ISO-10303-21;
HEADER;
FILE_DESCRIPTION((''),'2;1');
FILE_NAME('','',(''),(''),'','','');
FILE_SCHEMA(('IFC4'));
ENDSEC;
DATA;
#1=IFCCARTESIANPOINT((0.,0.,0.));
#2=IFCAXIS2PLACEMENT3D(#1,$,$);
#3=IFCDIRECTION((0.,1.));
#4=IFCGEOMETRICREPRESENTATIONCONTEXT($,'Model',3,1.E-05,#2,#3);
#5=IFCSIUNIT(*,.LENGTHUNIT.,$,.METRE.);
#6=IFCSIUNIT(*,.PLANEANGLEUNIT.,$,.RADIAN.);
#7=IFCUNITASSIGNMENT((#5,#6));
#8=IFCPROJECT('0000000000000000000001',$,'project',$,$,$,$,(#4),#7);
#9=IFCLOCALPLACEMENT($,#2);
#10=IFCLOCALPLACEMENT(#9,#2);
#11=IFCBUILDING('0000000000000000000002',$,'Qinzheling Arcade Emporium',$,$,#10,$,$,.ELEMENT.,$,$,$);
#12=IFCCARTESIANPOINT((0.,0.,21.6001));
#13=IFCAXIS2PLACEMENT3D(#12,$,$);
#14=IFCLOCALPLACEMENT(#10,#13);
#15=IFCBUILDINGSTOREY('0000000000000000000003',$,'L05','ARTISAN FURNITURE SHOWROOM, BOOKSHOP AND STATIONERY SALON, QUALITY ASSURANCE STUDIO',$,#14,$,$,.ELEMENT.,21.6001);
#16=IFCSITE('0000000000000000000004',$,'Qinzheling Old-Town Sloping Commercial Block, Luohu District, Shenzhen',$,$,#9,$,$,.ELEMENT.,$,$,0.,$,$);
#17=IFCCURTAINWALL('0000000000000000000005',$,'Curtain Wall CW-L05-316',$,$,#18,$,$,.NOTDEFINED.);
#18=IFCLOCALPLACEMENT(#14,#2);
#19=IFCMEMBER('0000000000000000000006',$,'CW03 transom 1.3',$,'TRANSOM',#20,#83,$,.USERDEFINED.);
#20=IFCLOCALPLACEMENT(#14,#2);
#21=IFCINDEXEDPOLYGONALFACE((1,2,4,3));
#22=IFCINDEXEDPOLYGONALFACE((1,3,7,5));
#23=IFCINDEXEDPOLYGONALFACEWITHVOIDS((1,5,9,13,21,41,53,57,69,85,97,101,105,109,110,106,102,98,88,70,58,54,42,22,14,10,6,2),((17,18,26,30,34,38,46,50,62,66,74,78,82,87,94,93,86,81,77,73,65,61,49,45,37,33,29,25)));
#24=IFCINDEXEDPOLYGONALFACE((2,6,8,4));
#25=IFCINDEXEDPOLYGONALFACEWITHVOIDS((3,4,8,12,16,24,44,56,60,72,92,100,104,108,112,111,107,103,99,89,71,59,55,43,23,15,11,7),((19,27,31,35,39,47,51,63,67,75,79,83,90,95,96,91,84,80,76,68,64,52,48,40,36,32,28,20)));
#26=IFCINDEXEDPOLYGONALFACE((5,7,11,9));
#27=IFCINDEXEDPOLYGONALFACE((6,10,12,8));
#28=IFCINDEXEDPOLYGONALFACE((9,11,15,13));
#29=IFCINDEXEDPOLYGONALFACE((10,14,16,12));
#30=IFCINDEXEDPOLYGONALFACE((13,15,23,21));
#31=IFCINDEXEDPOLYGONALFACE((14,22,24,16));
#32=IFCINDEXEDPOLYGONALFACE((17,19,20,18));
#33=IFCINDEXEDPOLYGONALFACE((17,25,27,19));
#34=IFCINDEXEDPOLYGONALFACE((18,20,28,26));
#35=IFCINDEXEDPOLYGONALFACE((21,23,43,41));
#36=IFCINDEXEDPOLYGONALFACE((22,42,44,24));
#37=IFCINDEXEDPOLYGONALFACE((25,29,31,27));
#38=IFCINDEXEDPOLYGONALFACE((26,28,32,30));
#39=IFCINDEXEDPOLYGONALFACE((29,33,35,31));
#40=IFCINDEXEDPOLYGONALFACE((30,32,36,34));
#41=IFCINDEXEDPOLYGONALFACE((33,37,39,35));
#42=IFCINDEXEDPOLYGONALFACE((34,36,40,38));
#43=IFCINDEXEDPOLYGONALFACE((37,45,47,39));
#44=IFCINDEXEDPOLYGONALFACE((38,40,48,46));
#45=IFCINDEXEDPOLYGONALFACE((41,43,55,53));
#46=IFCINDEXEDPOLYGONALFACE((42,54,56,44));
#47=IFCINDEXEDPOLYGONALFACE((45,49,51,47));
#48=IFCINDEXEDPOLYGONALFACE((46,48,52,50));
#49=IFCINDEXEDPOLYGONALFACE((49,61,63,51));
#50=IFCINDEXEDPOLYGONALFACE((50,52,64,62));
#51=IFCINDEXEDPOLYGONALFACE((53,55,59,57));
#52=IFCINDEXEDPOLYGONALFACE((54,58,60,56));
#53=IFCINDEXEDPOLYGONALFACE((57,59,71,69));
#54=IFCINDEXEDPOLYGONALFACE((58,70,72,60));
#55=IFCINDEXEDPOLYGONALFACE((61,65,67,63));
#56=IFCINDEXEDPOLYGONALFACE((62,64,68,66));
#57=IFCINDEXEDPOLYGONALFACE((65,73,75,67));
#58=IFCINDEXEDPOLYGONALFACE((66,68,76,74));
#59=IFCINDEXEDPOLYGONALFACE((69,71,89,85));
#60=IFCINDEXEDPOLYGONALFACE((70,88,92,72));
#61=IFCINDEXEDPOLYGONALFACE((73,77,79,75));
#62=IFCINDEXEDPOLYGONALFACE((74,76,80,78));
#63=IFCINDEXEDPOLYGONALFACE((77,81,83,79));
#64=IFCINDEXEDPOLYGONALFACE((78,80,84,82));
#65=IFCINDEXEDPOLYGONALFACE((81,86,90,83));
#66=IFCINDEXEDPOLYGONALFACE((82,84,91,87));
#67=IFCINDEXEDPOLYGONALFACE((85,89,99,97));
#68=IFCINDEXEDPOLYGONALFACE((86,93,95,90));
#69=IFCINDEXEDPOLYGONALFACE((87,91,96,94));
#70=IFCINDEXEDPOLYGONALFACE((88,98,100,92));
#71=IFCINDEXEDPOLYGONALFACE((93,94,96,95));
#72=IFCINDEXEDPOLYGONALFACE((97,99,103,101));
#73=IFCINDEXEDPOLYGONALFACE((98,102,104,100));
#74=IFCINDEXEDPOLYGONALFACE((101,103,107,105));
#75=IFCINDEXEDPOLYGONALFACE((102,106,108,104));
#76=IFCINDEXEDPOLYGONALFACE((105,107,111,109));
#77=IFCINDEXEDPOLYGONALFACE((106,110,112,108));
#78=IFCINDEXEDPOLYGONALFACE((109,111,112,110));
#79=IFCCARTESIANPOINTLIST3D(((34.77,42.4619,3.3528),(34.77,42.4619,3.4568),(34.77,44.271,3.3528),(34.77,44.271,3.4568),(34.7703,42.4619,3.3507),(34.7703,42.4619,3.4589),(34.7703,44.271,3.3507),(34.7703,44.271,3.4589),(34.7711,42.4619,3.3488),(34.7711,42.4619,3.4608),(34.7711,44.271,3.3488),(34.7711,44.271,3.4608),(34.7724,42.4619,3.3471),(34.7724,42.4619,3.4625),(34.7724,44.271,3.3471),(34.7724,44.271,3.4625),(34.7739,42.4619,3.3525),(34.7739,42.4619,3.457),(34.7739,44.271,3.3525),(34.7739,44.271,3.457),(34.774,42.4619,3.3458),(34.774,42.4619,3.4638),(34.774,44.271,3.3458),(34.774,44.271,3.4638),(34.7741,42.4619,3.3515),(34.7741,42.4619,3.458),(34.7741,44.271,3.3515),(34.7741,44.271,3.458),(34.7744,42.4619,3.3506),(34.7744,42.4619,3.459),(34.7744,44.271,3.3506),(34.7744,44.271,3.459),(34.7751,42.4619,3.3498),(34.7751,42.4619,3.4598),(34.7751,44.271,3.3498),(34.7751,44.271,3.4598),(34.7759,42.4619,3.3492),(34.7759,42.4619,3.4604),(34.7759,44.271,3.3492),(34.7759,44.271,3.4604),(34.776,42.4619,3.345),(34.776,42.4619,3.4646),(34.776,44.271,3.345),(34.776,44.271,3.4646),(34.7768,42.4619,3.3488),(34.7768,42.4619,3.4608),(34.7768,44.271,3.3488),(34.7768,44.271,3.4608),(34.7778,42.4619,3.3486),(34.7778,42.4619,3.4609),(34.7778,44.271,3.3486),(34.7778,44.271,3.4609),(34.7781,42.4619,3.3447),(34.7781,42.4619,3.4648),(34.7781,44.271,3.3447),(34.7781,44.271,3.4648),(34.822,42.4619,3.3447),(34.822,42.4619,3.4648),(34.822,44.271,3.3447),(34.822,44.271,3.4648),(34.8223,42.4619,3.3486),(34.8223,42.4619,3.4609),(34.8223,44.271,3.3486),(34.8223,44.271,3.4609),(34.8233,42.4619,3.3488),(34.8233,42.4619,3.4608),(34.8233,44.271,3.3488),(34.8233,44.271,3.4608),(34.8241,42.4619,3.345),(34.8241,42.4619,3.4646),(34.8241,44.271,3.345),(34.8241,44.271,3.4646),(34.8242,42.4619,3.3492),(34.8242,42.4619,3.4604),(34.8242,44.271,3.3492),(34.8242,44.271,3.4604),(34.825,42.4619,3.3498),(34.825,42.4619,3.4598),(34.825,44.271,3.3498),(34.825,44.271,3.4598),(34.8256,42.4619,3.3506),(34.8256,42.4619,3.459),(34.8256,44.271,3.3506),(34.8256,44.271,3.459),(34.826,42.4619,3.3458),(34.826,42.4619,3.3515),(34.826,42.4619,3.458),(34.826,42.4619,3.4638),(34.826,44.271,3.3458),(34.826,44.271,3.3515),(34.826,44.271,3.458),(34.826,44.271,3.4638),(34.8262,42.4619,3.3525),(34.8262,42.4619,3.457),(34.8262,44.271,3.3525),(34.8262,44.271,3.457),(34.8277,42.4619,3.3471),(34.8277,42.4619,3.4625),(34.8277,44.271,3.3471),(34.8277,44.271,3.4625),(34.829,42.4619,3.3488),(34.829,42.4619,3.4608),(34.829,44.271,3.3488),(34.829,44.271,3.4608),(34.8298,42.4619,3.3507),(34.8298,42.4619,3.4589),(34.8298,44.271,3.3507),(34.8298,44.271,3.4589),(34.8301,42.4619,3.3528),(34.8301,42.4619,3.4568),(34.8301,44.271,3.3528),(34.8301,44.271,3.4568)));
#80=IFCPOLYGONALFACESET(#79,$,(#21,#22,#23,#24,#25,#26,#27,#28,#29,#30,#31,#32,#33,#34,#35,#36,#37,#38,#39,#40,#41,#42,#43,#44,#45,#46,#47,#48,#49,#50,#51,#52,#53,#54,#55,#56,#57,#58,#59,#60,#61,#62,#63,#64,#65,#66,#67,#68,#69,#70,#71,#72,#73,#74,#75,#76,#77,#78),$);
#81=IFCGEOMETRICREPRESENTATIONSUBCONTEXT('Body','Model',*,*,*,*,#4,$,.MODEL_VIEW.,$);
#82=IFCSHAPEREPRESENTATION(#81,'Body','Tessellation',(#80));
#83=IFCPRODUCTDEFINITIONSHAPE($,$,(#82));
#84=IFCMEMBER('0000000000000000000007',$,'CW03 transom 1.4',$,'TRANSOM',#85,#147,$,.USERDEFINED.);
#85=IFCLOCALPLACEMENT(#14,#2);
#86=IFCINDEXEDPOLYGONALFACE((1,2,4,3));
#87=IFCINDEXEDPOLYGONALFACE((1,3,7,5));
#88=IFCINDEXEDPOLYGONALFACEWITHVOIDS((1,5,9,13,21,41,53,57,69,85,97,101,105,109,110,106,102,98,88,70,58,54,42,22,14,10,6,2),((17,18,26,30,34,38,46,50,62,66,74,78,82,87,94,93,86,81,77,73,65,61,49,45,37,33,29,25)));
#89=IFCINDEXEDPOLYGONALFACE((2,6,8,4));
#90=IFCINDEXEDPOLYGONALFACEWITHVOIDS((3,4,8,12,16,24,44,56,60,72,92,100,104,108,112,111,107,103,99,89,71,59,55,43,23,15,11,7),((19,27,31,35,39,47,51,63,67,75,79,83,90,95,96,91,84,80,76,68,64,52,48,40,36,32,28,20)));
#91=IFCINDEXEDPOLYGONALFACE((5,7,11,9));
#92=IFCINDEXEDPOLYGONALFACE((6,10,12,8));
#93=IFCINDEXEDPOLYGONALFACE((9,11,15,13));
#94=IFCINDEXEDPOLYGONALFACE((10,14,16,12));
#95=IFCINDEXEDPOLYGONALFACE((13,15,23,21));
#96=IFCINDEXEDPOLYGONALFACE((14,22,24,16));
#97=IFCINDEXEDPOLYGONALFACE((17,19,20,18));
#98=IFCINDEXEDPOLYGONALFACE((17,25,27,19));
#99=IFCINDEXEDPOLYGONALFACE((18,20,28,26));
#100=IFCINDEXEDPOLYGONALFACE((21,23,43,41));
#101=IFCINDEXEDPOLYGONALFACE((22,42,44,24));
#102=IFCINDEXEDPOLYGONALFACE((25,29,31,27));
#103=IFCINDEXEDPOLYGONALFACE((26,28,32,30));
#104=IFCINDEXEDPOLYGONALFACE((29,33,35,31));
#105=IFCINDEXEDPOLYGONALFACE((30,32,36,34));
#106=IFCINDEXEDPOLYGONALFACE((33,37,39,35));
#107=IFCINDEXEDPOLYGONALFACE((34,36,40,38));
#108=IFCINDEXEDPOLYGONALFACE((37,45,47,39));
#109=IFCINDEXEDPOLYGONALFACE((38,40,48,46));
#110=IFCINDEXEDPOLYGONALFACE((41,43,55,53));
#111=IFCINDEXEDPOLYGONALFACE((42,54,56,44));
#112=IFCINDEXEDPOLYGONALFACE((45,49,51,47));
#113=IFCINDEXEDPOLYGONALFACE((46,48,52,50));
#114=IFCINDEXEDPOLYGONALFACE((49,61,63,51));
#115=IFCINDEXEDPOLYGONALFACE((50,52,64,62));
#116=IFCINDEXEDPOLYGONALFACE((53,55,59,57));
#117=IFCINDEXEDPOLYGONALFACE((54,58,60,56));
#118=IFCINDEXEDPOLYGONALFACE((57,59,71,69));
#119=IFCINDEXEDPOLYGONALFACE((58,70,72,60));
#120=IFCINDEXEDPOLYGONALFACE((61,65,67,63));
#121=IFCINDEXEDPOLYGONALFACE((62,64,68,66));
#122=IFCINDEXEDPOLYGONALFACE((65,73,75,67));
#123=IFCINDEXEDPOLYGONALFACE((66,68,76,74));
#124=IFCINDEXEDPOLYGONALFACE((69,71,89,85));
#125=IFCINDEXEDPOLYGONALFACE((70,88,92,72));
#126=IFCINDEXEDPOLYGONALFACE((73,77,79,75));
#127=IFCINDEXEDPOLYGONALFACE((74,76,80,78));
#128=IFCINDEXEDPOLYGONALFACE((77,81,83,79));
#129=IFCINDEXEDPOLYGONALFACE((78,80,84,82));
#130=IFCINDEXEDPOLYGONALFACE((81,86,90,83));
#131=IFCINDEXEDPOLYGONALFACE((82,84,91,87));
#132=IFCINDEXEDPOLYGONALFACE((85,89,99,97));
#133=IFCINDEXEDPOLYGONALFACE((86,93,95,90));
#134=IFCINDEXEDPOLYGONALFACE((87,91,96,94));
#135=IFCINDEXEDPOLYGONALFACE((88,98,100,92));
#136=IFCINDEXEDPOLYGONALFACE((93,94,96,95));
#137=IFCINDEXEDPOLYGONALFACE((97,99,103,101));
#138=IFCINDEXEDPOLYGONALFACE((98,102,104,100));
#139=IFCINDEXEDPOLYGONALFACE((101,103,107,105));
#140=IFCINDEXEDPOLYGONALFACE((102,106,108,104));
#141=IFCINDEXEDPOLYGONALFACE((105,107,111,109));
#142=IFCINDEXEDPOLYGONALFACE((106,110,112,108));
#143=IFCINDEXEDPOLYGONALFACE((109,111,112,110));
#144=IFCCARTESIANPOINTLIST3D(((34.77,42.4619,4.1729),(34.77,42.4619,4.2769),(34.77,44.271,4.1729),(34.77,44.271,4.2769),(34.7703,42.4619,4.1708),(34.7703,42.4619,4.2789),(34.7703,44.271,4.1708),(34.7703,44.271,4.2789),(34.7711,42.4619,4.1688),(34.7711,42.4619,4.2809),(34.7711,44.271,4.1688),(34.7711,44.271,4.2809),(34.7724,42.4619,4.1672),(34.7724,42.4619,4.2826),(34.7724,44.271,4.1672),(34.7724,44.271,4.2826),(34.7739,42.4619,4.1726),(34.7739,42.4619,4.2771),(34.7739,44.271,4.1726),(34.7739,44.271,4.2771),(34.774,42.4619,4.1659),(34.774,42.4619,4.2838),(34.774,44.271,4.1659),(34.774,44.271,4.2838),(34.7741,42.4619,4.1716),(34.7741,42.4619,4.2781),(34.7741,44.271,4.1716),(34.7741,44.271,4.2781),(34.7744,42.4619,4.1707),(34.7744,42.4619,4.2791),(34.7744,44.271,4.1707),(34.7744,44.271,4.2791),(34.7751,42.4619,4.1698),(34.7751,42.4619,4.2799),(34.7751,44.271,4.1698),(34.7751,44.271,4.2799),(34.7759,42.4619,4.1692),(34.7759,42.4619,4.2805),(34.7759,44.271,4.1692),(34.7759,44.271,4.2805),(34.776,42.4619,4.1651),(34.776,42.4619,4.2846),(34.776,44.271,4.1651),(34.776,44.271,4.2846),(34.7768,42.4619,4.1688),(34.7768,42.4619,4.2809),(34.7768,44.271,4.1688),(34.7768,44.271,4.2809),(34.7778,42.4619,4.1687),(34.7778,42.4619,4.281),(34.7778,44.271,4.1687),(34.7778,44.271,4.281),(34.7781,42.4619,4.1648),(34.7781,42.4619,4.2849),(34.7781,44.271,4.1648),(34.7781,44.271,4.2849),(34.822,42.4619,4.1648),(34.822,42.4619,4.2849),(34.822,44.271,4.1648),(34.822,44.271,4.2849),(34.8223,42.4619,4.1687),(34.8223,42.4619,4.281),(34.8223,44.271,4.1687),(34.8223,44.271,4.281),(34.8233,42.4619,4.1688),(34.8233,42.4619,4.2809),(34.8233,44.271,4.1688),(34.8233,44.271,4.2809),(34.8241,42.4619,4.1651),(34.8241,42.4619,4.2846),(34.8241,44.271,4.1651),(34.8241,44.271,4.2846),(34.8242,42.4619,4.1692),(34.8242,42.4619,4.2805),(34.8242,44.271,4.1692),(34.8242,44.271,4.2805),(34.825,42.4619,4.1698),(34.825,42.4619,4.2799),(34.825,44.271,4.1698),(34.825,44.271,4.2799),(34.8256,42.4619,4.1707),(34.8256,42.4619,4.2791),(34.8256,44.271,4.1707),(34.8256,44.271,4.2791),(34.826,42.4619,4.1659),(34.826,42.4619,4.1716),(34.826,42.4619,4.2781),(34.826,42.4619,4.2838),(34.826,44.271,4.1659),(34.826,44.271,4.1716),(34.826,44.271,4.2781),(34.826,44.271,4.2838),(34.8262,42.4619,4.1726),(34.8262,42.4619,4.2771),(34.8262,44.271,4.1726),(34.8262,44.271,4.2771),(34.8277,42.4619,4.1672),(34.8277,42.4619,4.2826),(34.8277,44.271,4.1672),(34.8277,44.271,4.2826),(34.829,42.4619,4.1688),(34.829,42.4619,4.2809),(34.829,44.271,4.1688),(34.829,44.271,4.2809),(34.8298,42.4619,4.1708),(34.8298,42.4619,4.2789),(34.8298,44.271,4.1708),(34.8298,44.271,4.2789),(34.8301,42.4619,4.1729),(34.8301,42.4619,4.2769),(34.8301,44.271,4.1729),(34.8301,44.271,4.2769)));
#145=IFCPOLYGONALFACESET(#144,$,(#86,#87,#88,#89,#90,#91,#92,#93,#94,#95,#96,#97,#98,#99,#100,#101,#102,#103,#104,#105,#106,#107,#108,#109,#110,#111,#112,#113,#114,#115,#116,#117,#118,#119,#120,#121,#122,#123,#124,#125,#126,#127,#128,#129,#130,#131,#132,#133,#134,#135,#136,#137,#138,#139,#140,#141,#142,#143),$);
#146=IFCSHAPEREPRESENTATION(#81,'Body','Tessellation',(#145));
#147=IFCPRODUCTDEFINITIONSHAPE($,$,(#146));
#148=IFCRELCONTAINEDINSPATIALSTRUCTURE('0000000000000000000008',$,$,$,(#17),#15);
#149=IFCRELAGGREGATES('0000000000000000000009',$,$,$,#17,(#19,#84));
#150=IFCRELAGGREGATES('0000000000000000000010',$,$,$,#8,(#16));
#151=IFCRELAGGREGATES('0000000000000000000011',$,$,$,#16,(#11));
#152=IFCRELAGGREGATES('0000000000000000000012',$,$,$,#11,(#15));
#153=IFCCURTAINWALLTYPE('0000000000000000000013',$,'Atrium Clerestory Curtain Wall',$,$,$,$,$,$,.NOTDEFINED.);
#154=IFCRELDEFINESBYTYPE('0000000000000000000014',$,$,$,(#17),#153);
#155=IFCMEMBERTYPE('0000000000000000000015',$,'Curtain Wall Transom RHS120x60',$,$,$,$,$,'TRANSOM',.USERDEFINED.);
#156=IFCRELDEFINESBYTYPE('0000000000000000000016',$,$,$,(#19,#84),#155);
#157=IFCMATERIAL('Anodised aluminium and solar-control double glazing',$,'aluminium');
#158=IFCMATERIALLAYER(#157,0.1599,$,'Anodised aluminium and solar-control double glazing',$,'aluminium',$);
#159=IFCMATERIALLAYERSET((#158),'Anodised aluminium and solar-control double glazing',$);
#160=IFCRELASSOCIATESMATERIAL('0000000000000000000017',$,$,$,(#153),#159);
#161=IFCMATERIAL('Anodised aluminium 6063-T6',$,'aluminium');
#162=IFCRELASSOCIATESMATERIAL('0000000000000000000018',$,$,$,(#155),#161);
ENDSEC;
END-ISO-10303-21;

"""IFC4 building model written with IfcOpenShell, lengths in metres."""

from ifc_helpers import new_model, si_unit, direction, frame, origin, origin_2d, place, context, subcontext, project, spatial, hollow_rectangle, extrude, material, layer, layer_set, material_profile, profile_set, type_object, element, aggregate, save


model = new_model("IFC4")

# Units and contexts
model_context = context("Model", 3, precision=1e-05, world=origin(), true_north=direction((0.0, 1.0)))
body_context = subcontext(model_context, "Body", "Model", "MODEL_VIEW")
ifc_project = project(units=[si_unit("LENGTHUNIT", "METRE"), si_unit("PLANEANGLEUNIT", "RADIAN")], contexts=[model_context])

# Site, building, storey
site_placement = place(None, origin())
site = spatial("IfcSite", under=ifc_project, at=site_placement, Name="Qinzheling Old-Town Sloping Commercial Block, Luohu District, Shenzhen", CompositionType="ELEMENT", RefElevation=0.0)
building_placement = place(site_placement, origin())
building = spatial("IfcBuilding", under=site, at=building_placement, Name="Qinzheling Arcade Emporium", CompositionType="ELEMENT")
storey_placement = place(building_placement, frame((0.0, 0.0, 21.6001)))
storey = spatial("IfcBuildingStorey", under=building, at=storey_placement, Name="L05", Description="ARTISAN FURNITURE SHOWROOM, BOOKSHOP AND STATIONERY SALON, QUALITY ASSURANCE STUDIO", CompositionType="ELEMENT", Elevation=21.6001)

# Curtain wall
ifc_material_1 = material(Name="Anodised aluminium and solar-control double glazing", Category="aluminium")
ifc_layer_1 = layer(ifc_material_1, 0.1599, Name="Anodised aluminium and solar-control double glazing", Category="aluminium")
ifc_layer_set_1 = layer_set([ifc_layer_1], Name="Anodised aluminium and solar-control double glazing")
curtain_wall_type = type_object("IfcCurtainWallType", Name="Atrium Clerestory Curtain Wall", PredefinedType="NOTDEFINED", material=ifc_layer_set_1)
ifc_material_2 = material(Name="Anodised aluminium 6063-T6", Category="aluminium")
curtain_wall_1_placement = place(storey_placement, origin())
curtain_wall_1 = element("IfcCurtainWall", 1, at=curtain_wall_1_placement, inside=storey, type_object=curtain_wall_type, Name="Curtain Wall CW-L05-316", PredefinedType="NOTDEFINED")

# Members
ifc_material_profile_1 = material_profile(ifc_material_2, hollow_rectangle(XDim=0.0601, YDim=0.1201, WallThickness=0.0039, InnerFilletRadius=0.0039, OuterFilletRadius=0.0081, at=origin_2d()), Name="RHS 120x60x4", Category="aluminium")
ifc_profile_set_1 = profile_set([ifc_material_profile_1], Name="Anodised aluminium 6063-T6")
member_type_1 = type_object("IfcMemberType", Name="Curtain Wall Transom RHS120x60", ElementType="TRANSOM", PredefinedType="USERDEFINED", material=ifc_profile_set_1)
member_1_placement = place(storey_placement, frame((34.8, 42.4619, 3.4048), z_axis=(0.0, 1.0, 0.0), x_axis=(-1.0, 0.0, 0.0)))
member_1 = element("IfcMember", 2, at=member_1_placement, type_object=member_type_1, Name="CW03 transom 1.3", ObjectType="TRANSOM", PredefinedType="USERDEFINED", context=body_context, shape_type="SweptSolid", body=[
    extrude(hollow_rectangle(XDim=0.0601, YDim=0.1201, WallThickness=0.0039, InnerFilletRadius=0.0039, OuterFilletRadius=0.0081, at=origin_2d()), origin(), (0.0, 0.0, 1.0), 1.8091),
])
member_2_placement = place(storey_placement, frame((34.8, 42.4619, 4.2249), z_axis=(0.0, 1.0, 0.0), x_axis=(-1.0, 0.0, 0.0)))
member_2 = element("IfcMember", 3, at=member_2_placement, type_object=member_type_1, Name="CW03 transom 1.4", ObjectType="TRANSOM", PredefinedType="USERDEFINED", context=body_context, shape_type="SweptSolid", body=[
    extrude(hollow_rectangle(XDim=0.0601, YDim=0.1201, WallThickness=0.0039, InnerFilletRadius=0.0039, OuterFilletRadius=0.0081, at=origin_2d()), origin(), (0.0, 0.0, 1.0), 1.8091),
])

aggregate(curtain_wall_1, [member_1, member_2])

save(model, "model.ifc")
